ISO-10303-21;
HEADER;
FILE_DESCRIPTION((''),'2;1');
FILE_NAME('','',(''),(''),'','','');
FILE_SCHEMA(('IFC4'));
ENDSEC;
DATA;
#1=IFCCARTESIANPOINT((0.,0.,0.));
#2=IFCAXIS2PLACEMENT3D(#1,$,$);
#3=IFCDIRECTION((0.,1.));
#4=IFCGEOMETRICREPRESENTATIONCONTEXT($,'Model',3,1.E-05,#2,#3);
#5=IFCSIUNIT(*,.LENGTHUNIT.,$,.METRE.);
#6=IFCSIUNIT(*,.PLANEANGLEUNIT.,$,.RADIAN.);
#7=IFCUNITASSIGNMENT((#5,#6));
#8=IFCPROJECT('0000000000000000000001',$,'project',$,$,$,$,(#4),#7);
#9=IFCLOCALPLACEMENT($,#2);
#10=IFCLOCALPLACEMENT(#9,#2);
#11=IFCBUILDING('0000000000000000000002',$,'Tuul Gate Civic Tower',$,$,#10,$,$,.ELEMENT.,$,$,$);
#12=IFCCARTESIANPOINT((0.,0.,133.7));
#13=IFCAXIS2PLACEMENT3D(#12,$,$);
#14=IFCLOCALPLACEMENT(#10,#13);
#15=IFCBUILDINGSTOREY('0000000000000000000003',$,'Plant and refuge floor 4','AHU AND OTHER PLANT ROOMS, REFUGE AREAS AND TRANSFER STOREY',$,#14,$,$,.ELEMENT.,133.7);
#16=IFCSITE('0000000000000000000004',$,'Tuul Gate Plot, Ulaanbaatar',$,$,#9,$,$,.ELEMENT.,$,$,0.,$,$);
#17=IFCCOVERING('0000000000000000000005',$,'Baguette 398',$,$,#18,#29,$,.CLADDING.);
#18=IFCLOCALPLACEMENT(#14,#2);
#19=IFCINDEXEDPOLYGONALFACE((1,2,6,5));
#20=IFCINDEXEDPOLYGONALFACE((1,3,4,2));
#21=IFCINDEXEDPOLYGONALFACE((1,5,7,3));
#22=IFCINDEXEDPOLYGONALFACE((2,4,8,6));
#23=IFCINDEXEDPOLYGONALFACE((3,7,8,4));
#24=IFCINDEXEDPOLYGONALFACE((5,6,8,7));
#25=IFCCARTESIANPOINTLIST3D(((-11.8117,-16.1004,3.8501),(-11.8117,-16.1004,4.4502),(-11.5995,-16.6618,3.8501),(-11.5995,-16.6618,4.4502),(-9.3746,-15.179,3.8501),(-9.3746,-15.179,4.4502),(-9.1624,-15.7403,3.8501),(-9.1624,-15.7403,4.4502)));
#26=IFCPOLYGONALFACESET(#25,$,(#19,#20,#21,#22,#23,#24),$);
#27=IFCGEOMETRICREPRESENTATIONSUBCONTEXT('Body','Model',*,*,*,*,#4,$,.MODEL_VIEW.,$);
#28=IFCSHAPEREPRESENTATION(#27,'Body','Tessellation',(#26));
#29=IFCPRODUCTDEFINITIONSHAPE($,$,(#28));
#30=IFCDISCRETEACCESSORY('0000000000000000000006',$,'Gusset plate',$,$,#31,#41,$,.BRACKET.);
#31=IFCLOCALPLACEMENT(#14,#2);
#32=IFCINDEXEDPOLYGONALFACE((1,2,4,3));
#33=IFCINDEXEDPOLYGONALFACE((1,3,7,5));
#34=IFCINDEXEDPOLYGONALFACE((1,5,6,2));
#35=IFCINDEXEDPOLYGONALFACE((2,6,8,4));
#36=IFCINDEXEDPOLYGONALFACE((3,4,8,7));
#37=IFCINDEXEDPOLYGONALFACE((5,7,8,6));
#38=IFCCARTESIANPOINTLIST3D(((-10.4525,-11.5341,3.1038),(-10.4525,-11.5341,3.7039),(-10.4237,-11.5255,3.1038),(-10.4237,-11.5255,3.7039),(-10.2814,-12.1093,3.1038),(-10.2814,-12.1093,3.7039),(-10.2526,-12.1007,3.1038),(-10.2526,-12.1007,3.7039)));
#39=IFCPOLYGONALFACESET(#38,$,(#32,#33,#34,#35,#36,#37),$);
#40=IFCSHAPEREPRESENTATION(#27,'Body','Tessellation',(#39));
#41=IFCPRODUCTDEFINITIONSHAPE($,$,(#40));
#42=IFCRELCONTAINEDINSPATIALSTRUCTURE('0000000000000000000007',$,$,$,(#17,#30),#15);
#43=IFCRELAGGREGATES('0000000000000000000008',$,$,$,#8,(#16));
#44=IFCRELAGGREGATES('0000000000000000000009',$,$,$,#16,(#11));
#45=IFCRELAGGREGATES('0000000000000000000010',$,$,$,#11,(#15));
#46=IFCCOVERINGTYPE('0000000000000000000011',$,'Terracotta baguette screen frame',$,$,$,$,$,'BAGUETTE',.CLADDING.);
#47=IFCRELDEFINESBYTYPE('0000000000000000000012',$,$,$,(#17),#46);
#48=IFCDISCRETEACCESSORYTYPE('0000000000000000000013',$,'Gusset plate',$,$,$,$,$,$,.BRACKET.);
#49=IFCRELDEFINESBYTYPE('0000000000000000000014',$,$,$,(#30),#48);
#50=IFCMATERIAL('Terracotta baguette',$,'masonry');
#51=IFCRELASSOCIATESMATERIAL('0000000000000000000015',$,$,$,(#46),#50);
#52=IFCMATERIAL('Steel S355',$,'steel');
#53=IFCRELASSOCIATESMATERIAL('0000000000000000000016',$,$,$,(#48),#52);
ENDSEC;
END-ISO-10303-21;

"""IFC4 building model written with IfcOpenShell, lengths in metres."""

from ifc_helpers import new_model, si_unit, direction, frame, origin, origin_2d, place, context, subcontext, project, spatial, rectangle, extrude, material, material_profile, profile_set, type_object, element, save


model = new_model("IFC4")

# Units and contexts
model_context = context("Model", 3, precision=1e-05, world=origin(), true_north=direction((0.0, 1.0)))
body_context = subcontext(model_context, "Body", "Model", "MODEL_VIEW")
ifc_project = project(units=[si_unit("LENGTHUNIT", "METRE"), si_unit("PLANEANGLEUNIT", "RADIAN")], contexts=[model_context])

# Site, building, storey
site_placement = place(None, origin())
site = spatial("IfcSite", under=ifc_project, at=site_placement, Name="Tuul Gate Plot, Ulaanbaatar", CompositionType="ELEMENT", RefElevation=0.0)
building_placement = place(site_placement, origin())
building = spatial("IfcBuilding", under=site, at=building_placement, Name="Tuul Gate Civic Tower", CompositionType="ELEMENT")
storey_placement = place(building_placement, frame((0.0, 0.0, 133.7)))
storey = spatial("IfcBuildingStorey", under=building, at=storey_placement, Name="Plant and refuge floor 4", Description="AHU AND OTHER PLANT ROOMS, REFUGE AREAS AND TRANSFER STOREY", CompositionType="ELEMENT", Elevation=133.7)

# Covering
ifc_material_1 = material(Name="Terracotta baguette", Category="masonry")
ifc_material_profile_1 = material_profile(ifc_material_1, rectangle(XDim=0.6001, YDim=0.6001, at=origin_2d()), Name="Terracotta baguette screen frame")
ifc_profile_set_1 = profile_set([ifc_material_profile_1], Name="Terracotta baguette")
covering_type = type_object("IfcCoveringType", Name="Terracotta baguette screen frame", ElementType="BAGUETTE", PredefinedType="CLADDING", material=ifc_profile_set_1)
covering_placement = place(storey_placement, frame((-11.7056, -16.3811, 4.1501), z_axis=(0.935378, 0.353648, 0.0), x_axis=(-0.353648, 0.935378, 0.0)))
element("IfcCovering", 1, at=covering_placement, inside=storey, type_object=covering_type, Name="Baguette 398", PredefinedType="CLADDING", context=body_context, shape_type="SweptSolid", body=[
    extrude(rectangle(XDim=0.6001, YDim=0.6001, at=origin_2d()), origin(), (0.0, 0.0, 1.0), 2.6055),
])

# Discrete accessory
ifc_material_2 = material(Name="Steel S355", Category="steel")
discrete_accessory_type = type_object("IfcDiscreteAccessoryType", Name="Gusset plate", PredefinedType="BRACKET", material=ifc_material_2)
discrete_accessory_placement = place(storey_placement, frame((-10.3525, -11.8174, 3.1038), z_axis=(0.0, 0.0, 1.0), x_axis=(-0.285212, 0.958464, 0.0)))
element("IfcDiscreteAccessory", 2, at=discrete_accessory_placement, inside=storey, type_object=discrete_accessory_type, Name="Gusset plate", PredefinedType="BRACKET", context=body_context, shape_type="SweptSolid", body=[
    extrude(rectangle(XDim=0.6001, YDim=0.03, at=origin_2d()), origin(), (0.0, 0.0, 1.0), 0.6001),
])

save(model, "model.ifc")
